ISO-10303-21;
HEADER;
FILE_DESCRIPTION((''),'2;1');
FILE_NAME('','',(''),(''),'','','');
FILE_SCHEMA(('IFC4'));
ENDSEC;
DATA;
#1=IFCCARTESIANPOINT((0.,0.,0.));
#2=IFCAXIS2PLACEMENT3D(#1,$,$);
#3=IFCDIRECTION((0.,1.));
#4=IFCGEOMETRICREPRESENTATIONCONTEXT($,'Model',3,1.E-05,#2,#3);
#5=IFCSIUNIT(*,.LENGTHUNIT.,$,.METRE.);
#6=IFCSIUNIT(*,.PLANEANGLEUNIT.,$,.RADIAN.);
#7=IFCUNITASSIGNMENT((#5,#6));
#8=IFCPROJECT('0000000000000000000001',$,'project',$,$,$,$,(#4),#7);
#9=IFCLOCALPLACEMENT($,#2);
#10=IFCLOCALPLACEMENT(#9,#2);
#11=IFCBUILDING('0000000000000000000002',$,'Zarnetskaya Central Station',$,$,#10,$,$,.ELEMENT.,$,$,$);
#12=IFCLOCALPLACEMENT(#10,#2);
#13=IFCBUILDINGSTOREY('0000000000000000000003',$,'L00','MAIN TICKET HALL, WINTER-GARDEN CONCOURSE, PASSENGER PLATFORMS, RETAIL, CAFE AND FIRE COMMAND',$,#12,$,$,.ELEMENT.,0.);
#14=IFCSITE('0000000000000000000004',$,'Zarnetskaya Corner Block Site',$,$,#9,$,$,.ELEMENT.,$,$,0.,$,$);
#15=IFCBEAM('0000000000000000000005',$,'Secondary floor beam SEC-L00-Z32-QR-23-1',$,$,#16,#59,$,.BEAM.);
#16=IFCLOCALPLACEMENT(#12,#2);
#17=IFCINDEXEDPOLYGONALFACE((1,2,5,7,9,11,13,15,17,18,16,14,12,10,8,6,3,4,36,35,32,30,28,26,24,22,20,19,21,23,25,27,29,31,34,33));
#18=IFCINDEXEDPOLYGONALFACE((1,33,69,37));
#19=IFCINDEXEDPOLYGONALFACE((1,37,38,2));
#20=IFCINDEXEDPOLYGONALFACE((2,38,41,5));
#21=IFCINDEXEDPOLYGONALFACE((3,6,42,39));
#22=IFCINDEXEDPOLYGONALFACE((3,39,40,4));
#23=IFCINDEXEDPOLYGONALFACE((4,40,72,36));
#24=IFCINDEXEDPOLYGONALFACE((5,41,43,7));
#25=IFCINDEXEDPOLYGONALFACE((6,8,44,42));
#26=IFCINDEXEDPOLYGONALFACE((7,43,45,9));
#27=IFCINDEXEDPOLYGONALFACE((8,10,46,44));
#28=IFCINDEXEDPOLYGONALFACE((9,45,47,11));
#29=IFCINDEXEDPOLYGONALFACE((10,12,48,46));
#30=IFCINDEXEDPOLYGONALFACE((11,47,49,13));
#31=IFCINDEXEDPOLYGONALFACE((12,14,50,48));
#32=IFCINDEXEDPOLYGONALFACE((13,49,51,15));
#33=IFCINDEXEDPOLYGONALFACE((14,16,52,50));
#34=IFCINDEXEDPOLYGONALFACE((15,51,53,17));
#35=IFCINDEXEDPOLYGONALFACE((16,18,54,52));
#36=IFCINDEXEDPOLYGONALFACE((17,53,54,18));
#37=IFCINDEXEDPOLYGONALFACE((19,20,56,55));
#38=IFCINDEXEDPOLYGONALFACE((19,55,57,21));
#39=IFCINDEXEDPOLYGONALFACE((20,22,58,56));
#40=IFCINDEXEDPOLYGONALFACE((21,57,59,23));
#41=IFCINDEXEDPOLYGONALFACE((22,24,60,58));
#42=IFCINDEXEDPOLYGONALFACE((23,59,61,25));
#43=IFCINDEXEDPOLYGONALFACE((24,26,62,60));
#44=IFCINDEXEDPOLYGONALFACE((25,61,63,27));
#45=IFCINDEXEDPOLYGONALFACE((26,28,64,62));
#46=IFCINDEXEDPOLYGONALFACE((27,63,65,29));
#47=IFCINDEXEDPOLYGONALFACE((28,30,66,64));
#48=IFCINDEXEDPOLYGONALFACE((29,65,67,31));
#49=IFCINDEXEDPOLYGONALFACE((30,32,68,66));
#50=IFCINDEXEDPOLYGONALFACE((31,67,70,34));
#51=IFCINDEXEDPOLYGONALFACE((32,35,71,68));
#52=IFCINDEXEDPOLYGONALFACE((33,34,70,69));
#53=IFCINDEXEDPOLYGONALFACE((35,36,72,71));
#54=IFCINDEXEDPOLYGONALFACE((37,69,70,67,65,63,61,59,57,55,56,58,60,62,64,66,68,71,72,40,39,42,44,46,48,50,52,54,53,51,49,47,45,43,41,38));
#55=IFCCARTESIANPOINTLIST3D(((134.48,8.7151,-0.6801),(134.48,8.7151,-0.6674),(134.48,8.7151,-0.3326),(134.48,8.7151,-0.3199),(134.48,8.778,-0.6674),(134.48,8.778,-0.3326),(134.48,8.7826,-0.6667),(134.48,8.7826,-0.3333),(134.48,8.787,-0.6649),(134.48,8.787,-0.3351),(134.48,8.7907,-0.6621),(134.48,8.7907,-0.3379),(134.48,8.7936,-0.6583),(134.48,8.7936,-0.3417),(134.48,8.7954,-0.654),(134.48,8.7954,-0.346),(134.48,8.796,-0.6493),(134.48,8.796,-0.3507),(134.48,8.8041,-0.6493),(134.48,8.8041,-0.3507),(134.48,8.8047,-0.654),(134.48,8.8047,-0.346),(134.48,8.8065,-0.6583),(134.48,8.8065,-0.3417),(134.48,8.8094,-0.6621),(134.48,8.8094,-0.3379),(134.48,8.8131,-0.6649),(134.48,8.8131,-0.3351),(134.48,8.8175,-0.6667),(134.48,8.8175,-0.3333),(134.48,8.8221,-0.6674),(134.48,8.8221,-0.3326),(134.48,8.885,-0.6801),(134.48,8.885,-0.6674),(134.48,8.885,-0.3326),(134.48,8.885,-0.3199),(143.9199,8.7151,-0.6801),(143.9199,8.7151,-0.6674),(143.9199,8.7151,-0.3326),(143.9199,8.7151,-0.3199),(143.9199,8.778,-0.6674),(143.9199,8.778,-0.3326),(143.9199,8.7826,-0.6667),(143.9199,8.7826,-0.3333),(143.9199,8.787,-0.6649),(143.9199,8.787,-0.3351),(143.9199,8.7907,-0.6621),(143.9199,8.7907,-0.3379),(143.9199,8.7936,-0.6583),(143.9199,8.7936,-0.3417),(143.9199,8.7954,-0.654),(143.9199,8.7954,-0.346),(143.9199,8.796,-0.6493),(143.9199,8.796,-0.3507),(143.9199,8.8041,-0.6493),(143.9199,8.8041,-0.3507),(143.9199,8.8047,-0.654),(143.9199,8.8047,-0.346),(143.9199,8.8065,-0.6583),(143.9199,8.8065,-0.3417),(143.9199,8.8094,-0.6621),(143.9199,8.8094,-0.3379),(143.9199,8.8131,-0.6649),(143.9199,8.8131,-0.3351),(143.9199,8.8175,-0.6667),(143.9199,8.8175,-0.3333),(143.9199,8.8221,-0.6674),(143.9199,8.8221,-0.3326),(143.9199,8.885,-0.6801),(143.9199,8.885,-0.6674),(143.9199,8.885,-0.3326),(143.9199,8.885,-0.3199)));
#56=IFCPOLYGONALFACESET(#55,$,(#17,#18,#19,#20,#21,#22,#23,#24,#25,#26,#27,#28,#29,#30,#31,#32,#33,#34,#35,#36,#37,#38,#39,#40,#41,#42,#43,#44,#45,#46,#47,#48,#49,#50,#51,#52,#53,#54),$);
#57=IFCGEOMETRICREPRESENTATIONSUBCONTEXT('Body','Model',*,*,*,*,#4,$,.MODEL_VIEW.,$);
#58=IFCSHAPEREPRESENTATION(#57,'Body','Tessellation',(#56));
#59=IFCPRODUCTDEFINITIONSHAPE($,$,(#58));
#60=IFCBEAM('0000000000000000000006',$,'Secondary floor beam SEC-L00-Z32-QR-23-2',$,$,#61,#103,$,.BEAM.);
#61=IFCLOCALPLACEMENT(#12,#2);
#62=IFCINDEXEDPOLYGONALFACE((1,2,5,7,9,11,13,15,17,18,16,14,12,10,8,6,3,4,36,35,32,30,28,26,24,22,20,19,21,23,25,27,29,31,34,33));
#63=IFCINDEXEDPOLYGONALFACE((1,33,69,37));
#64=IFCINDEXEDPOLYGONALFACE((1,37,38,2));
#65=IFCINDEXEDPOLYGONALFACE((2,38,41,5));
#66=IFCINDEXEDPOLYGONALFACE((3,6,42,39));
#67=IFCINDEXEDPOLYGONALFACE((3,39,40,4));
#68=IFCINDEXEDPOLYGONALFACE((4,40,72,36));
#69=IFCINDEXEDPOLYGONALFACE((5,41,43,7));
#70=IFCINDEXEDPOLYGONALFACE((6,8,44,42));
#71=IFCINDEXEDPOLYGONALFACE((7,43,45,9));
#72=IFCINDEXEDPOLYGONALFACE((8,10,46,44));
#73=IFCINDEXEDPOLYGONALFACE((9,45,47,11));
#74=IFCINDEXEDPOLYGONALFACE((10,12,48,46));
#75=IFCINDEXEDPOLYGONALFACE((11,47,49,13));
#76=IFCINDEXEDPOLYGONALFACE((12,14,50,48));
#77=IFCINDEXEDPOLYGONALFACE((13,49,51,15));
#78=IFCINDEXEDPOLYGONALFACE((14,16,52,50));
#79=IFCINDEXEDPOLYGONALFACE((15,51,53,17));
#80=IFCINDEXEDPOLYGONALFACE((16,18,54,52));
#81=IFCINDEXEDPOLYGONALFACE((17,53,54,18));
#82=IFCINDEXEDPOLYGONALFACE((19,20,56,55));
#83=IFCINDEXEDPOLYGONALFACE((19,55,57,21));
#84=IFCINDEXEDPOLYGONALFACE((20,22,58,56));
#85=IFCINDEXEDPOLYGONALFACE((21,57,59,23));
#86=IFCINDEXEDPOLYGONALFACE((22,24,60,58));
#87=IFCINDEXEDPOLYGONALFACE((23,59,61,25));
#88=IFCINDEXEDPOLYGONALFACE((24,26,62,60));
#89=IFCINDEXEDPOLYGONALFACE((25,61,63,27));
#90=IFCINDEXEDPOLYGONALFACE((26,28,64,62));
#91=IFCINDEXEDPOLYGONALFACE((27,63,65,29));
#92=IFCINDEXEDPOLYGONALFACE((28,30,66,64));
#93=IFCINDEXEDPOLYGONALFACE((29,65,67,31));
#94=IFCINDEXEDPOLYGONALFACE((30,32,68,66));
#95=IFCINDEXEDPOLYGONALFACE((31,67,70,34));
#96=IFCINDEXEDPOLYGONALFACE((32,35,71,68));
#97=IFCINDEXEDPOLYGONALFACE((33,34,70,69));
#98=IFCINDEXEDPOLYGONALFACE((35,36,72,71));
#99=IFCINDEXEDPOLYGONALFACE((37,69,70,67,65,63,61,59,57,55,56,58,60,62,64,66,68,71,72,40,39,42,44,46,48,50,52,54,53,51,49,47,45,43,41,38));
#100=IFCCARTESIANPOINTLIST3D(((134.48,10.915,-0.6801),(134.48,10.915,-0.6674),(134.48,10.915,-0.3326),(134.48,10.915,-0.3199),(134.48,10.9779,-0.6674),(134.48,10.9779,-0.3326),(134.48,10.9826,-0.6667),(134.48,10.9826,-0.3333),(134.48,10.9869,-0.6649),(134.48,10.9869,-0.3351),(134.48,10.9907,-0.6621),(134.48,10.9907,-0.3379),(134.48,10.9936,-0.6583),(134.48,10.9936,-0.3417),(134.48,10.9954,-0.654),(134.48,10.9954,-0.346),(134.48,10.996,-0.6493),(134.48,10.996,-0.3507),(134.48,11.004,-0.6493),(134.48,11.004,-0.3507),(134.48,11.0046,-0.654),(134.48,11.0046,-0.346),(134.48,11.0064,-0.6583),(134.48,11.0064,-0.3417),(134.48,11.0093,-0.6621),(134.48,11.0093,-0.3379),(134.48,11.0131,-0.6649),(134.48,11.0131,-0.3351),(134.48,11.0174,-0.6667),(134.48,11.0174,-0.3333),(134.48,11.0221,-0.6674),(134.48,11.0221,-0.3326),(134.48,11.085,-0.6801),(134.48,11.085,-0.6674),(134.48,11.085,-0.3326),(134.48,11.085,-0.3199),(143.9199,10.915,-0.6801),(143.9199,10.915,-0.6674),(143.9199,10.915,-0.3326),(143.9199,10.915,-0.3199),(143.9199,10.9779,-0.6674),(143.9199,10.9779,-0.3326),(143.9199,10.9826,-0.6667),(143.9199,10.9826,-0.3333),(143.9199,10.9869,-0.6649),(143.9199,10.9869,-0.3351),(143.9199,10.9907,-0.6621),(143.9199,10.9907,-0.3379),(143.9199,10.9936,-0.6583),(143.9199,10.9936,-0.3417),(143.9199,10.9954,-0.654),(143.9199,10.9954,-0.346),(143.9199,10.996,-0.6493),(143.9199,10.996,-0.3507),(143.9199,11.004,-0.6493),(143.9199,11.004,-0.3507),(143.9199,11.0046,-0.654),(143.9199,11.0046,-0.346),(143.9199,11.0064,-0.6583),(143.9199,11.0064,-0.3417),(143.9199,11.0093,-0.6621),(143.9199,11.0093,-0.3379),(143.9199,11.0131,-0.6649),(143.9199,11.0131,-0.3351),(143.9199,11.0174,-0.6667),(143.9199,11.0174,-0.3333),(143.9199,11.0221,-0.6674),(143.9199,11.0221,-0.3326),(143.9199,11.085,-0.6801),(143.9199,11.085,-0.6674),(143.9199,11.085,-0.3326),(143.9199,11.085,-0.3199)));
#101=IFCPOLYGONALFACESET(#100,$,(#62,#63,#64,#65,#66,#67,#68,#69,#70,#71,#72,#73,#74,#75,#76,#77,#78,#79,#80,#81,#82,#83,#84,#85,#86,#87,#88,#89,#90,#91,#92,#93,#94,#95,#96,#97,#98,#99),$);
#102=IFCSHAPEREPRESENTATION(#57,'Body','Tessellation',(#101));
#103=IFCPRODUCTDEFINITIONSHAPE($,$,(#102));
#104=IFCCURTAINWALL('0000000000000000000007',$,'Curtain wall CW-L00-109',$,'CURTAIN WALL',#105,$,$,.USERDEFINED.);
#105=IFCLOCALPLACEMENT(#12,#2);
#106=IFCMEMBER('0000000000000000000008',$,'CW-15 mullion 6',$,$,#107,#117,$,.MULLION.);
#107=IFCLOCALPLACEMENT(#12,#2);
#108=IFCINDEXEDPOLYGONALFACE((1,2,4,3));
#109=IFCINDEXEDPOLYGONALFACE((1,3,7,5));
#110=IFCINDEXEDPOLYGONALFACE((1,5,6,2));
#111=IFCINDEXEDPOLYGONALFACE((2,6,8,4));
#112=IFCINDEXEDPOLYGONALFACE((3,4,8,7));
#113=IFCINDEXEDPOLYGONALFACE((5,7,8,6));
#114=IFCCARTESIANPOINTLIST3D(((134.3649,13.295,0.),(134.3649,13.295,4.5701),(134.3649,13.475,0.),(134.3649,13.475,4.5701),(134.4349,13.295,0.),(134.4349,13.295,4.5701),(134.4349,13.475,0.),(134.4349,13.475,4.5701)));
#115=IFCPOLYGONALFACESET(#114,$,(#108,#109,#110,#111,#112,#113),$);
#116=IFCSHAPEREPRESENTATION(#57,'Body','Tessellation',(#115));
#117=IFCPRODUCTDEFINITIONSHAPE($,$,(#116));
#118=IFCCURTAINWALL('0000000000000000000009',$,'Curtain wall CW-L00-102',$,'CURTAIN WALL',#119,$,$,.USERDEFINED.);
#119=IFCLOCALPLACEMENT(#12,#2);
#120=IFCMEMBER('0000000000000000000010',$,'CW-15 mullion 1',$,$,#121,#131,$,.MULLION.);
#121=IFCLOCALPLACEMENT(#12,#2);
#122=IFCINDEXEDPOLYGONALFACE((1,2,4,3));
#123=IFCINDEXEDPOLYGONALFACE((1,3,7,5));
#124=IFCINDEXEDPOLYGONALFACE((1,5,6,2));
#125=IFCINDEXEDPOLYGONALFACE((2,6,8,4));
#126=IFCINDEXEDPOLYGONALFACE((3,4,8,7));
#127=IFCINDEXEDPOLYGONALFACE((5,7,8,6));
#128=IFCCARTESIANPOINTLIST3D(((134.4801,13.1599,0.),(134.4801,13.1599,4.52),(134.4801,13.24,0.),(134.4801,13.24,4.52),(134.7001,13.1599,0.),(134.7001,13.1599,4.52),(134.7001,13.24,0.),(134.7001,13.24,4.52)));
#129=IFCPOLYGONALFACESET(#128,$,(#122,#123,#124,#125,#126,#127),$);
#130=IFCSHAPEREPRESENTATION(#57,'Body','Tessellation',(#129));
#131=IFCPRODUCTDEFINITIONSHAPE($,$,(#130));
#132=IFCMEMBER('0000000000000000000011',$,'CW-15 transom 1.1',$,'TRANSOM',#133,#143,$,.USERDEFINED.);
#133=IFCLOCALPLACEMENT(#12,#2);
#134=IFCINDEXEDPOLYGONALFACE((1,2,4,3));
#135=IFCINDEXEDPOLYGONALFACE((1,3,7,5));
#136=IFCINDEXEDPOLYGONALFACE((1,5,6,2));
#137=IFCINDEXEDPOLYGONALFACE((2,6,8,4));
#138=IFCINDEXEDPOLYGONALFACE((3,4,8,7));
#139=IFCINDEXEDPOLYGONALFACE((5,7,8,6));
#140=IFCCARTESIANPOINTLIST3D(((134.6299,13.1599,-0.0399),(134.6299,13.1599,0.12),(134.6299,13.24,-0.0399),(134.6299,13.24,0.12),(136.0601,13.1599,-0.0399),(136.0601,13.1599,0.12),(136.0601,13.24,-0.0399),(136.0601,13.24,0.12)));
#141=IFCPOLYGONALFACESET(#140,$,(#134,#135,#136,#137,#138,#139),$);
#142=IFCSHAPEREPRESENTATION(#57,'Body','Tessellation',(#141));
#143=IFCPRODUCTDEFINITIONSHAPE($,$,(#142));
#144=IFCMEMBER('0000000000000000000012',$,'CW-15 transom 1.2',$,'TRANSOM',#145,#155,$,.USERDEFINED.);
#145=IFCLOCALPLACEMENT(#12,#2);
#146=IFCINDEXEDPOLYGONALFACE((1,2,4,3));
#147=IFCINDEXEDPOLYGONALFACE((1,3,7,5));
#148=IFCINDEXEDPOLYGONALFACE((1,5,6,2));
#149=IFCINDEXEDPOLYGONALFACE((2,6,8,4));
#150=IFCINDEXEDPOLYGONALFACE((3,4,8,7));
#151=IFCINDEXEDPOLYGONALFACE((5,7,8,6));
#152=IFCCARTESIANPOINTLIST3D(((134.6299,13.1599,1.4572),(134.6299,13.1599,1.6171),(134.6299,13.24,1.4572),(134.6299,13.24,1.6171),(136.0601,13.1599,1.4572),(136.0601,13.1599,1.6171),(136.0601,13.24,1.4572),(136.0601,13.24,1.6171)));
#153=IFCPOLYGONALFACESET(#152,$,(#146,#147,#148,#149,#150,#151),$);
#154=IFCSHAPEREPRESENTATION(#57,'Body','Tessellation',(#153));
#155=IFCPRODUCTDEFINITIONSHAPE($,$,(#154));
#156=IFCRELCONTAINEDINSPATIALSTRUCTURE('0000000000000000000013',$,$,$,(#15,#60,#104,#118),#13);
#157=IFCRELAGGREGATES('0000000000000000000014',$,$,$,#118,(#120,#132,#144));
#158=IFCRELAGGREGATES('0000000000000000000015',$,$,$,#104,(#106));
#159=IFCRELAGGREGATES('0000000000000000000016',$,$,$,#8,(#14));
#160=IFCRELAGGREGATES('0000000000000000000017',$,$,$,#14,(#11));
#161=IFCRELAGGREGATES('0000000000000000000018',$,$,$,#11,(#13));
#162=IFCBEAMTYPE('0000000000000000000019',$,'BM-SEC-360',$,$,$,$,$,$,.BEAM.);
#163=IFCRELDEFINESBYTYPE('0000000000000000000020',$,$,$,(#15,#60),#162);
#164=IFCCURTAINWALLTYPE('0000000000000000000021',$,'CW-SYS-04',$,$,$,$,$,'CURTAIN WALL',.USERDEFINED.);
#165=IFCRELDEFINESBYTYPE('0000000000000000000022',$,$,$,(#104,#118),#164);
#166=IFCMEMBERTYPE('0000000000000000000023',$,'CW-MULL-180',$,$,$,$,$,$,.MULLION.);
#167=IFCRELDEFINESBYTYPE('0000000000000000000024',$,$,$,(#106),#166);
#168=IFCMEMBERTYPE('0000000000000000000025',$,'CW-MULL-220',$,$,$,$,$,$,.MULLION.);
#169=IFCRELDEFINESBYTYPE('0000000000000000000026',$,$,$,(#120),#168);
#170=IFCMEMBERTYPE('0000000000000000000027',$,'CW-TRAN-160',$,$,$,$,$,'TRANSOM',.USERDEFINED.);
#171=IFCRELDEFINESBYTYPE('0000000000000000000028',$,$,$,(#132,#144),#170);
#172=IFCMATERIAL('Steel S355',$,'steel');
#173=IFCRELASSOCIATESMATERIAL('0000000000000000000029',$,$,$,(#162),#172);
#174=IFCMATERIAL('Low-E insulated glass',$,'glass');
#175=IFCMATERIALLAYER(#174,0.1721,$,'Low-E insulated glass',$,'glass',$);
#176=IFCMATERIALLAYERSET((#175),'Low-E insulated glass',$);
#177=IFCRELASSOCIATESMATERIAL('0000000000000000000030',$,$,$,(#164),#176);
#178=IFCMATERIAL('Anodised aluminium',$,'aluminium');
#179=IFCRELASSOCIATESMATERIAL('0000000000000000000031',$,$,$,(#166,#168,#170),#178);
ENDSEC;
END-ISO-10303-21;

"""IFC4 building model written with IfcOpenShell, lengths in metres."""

from ifc_helpers import new_model, si_unit, direction, frame, origin, origin_2d, place, context, subcontext, project, spatial, rectangle, i_section, extrude, material, layer, layer_set, material_profile, profile_set, type_object, element, aggregate, save


model = new_model("IFC4")

# Units and contexts
model_context = context("Model", 3, precision=1e-05, world=origin(), true_north=direction((0.0, 1.0)))
body_context = subcontext(model_context, "Body", "Model", "MODEL_VIEW")
ifc_project = project(units=[si_unit("LENGTHUNIT", "METRE"), si_unit("PLANEANGLEUNIT", "RADIAN")], contexts=[model_context])

# Site, building, storey
site_placement = place(None, origin())
site = spatial("IfcSite", under=ifc_project, at=site_placement, Name="Zarnetskaya Corner Block Site", CompositionType="ELEMENT", RefElevation=0.0)
building_placement = place(site_placement, origin())
building = spatial("IfcBuilding", under=site, at=building_placement, Name="Zarnetskaya Central Station", CompositionType="ELEMENT")
storey_placement = place(building_placement, origin())
storey = spatial("IfcBuildingStorey", under=building, at=storey_placement, Name="L00", Description="MAIN TICKET HALL, WINTER-GARDEN CONCOURSE, PASSENGER PLATFORMS, RETAIL, CAFE AND FIRE COMMAND", CompositionType="ELEMENT", Elevation=0.0)

# Shared definitions
ifc_material_1 = material(Name="Steel S355", Category="steel")

# Beams
ifc_material_profile_1 = material_profile(ifc_material_1, i_section(OverallWidth=0.1699, OverallDepth=0.3601, WebThickness=0.0081, FlangeThickness=0.0127, FilletRadius=0.0181, at=origin_2d()), Name="IPE 360")
ifc_profile_set_1 = profile_set([ifc_material_profile_1], Name="Steel S355")
beam_type_1 = type_object("IfcBeamType", Name="BM-SEC-360", PredefinedType="BEAM", material=ifc_profile_set_1)
for number, where, z_axis, x_axis, name in (
    (1, (134.48, 8.8, -0.5), (1.0, 0.0, 0.0), (0.0, 1.0, 0.0), "Secondary floor beam SEC-L00-Z32-QR-23-1"),
    (2, (134.48, 11.0, -0.5), (1.0, 0.0, 0.0), (0.0, 1.0, 0.0), "Secondary floor beam SEC-L00-Z32-QR-23-2"),
):
    element("IfcBeam", number, at=place(storey_placement, frame(where, z_axis=z_axis, x_axis=x_axis)), inside=storey, type_object=beam_type_1, Name=name, PredefinedType="BEAM", context=body_context, shape_type="SweptSolid", body=[
        extrude(i_section(OverallWidth=0.1699, OverallDepth=0.3601, WebThickness=0.0081, FlangeThickness=0.0127, FilletRadius=0.0181, at=origin_2d()), origin(), (0.0, 0.0, 1.0), 9.4399),
    ])

# Curtain wall, member
ifc_material_2 = material(Name="Low-E insulated glass", Category="glass")
ifc_layer_1 = layer(ifc_material_2, 0.1721, Name="Low-E insulated glass", Category="glass")
ifc_layer_set_1 = layer_set([ifc_layer_1], Name="Low-E insulated glass")
curtain_wall_type = type_object("IfcCurtainWallType", Name="CW-SYS-04", ElementType="CURTAIN WALL", PredefinedType="USERDEFINED", material=ifc_layer_set_1)
curtain_wall_1_placement = place(storey_placement, origin())
curtain_wall_1 = element("IfcCurtainWall", 3, at=curtain_wall_1_placement, inside=storey, type_object=curtain_wall_type, Name="Curtain wall CW-L00-109", ObjectType="CURTAIN WALL", PredefinedType="USERDEFINED")
ifc_material_3 = material(Name="Anodised aluminium", Category="aluminium")
ifc_material_profile_2 = material_profile(ifc_material_3, rectangle(XDim=0.0701, YDim=0.1799, at=origin_2d()), Name="ALU MULL 70x180")
ifc_profile_set_2 = profile_set([ifc_material_profile_2], Name="Anodised aluminium")
member_type_1 = type_object("IfcMemberType", Name="CW-MULL-180", PredefinedType="MULLION", material=ifc_profile_set_2)
member_1_placement = place(storey_placement, frame((134.3999, 13.385, 0.0), z_axis=(0.0, 0.0, 1.0), x_axis=(1.0, 0.0, 0.0)))
member_1 = element("IfcMember", 4, at=member_1_placement, type_object=member_type_1, Name="CW-15 mullion 6", PredefinedType="MULLION", context=body_context, shape_type="SweptSolid", body=[
    extrude(rectangle(XDim=0.0701, YDim=0.1799, at=origin_2d()), origin(), (0.0, 0.0, 1.0), 4.5701),
])

# Curtain wall, members
curtain_wall_2_placement = place(storey_placement, origin())
curtain_wall_2 = element("IfcCurtainWall", 5, at=curtain_wall_2_placement, inside=storey, type_object=curtain_wall_type, Name="Curtain wall CW-L00-102", ObjectType="CURTAIN WALL", PredefinedType="USERDEFINED")
ifc_material_profile_3 = material_profile(ifc_material_3, rectangle(XDim=0.0801, YDim=0.22, at=origin_2d()), Name="ALU MULL 80x220")
ifc_profile_set_3 = profile_set([ifc_material_profile_3], Name="Anodised aluminium")
member_type_2 = type_object("IfcMemberType", Name="CW-MULL-220", PredefinedType="MULLION", material=ifc_profile_set_3)
member_2_placement = place(storey_placement, frame((134.5901, 13.2, 0.0), z_axis=(0.0, 0.0, 1.0), x_axis=(0.0, 1.0, 0.0)))
member_2 = element("IfcMember", 6, at=member_2_placement, type_object=member_type_2, Name="CW-15 mullion 1", PredefinedType="MULLION", context=body_context, shape_type="SweptSolid", body=[
    extrude(rectangle(XDim=0.0801, YDim=0.22, at=origin_2d()), origin(), (0.0, 0.0, 1.0), 4.52),
])
ifc_material_profile_4 = material_profile(ifc_material_3, rectangle(XDim=0.0801, YDim=0.1599, at=origin_2d()), Name="ALU TRAN 80x160")
ifc_profile_set_4 = profile_set([ifc_material_profile_4], Name="Anodised aluminium")
member_type_3 = type_object("IfcMemberType", Name="CW-TRAN-160", ElementType="TRANSOM", PredefinedType="USERDEFINED", material=ifc_profile_set_4)
member_3_placement = place(storey_placement, frame((134.6299, 13.2, 0.04), z_axis=(1.0, 0.0, 0.0), x_axis=(0.0, 1.0, 0.0)))
member_3 = element("IfcMember", 7, at=member_3_placement, type_object=member_type_3, Name="CW-15 transom 1.1", ObjectType="TRANSOM", PredefinedType="USERDEFINED", context=body_context, shape_type="SweptSolid", body=[
    extrude(rectangle(XDim=0.0801, YDim=0.1599, at=origin_2d()), origin(), (0.0, 0.0, 1.0), 1.4302),
])
member_4_placement = place(storey_placement, frame((134.6299, 13.2, 1.5371), z_axis=(1.0, 0.0, 0.0), x_axis=(0.0, 1.0, 0.0)))
member_4 = element("IfcMember", 8, at=member_4_placement, type_object=member_type_3, Name="CW-15 transom 1.2", ObjectType="TRANSOM", PredefinedType="USERDEFINED", context=body_context, shape_type="SweptSolid", body=[
    extrude(rectangle(XDim=0.0801, YDim=0.1599, at=origin_2d()), origin(), (0.0, 0.0, 1.0), 1.4302),
])
aggregate(curtain_wall_2, [member_2, member_3, member_4])

aggregate(curtain_wall_1, [member_1])

save(model, "model.ifc")
